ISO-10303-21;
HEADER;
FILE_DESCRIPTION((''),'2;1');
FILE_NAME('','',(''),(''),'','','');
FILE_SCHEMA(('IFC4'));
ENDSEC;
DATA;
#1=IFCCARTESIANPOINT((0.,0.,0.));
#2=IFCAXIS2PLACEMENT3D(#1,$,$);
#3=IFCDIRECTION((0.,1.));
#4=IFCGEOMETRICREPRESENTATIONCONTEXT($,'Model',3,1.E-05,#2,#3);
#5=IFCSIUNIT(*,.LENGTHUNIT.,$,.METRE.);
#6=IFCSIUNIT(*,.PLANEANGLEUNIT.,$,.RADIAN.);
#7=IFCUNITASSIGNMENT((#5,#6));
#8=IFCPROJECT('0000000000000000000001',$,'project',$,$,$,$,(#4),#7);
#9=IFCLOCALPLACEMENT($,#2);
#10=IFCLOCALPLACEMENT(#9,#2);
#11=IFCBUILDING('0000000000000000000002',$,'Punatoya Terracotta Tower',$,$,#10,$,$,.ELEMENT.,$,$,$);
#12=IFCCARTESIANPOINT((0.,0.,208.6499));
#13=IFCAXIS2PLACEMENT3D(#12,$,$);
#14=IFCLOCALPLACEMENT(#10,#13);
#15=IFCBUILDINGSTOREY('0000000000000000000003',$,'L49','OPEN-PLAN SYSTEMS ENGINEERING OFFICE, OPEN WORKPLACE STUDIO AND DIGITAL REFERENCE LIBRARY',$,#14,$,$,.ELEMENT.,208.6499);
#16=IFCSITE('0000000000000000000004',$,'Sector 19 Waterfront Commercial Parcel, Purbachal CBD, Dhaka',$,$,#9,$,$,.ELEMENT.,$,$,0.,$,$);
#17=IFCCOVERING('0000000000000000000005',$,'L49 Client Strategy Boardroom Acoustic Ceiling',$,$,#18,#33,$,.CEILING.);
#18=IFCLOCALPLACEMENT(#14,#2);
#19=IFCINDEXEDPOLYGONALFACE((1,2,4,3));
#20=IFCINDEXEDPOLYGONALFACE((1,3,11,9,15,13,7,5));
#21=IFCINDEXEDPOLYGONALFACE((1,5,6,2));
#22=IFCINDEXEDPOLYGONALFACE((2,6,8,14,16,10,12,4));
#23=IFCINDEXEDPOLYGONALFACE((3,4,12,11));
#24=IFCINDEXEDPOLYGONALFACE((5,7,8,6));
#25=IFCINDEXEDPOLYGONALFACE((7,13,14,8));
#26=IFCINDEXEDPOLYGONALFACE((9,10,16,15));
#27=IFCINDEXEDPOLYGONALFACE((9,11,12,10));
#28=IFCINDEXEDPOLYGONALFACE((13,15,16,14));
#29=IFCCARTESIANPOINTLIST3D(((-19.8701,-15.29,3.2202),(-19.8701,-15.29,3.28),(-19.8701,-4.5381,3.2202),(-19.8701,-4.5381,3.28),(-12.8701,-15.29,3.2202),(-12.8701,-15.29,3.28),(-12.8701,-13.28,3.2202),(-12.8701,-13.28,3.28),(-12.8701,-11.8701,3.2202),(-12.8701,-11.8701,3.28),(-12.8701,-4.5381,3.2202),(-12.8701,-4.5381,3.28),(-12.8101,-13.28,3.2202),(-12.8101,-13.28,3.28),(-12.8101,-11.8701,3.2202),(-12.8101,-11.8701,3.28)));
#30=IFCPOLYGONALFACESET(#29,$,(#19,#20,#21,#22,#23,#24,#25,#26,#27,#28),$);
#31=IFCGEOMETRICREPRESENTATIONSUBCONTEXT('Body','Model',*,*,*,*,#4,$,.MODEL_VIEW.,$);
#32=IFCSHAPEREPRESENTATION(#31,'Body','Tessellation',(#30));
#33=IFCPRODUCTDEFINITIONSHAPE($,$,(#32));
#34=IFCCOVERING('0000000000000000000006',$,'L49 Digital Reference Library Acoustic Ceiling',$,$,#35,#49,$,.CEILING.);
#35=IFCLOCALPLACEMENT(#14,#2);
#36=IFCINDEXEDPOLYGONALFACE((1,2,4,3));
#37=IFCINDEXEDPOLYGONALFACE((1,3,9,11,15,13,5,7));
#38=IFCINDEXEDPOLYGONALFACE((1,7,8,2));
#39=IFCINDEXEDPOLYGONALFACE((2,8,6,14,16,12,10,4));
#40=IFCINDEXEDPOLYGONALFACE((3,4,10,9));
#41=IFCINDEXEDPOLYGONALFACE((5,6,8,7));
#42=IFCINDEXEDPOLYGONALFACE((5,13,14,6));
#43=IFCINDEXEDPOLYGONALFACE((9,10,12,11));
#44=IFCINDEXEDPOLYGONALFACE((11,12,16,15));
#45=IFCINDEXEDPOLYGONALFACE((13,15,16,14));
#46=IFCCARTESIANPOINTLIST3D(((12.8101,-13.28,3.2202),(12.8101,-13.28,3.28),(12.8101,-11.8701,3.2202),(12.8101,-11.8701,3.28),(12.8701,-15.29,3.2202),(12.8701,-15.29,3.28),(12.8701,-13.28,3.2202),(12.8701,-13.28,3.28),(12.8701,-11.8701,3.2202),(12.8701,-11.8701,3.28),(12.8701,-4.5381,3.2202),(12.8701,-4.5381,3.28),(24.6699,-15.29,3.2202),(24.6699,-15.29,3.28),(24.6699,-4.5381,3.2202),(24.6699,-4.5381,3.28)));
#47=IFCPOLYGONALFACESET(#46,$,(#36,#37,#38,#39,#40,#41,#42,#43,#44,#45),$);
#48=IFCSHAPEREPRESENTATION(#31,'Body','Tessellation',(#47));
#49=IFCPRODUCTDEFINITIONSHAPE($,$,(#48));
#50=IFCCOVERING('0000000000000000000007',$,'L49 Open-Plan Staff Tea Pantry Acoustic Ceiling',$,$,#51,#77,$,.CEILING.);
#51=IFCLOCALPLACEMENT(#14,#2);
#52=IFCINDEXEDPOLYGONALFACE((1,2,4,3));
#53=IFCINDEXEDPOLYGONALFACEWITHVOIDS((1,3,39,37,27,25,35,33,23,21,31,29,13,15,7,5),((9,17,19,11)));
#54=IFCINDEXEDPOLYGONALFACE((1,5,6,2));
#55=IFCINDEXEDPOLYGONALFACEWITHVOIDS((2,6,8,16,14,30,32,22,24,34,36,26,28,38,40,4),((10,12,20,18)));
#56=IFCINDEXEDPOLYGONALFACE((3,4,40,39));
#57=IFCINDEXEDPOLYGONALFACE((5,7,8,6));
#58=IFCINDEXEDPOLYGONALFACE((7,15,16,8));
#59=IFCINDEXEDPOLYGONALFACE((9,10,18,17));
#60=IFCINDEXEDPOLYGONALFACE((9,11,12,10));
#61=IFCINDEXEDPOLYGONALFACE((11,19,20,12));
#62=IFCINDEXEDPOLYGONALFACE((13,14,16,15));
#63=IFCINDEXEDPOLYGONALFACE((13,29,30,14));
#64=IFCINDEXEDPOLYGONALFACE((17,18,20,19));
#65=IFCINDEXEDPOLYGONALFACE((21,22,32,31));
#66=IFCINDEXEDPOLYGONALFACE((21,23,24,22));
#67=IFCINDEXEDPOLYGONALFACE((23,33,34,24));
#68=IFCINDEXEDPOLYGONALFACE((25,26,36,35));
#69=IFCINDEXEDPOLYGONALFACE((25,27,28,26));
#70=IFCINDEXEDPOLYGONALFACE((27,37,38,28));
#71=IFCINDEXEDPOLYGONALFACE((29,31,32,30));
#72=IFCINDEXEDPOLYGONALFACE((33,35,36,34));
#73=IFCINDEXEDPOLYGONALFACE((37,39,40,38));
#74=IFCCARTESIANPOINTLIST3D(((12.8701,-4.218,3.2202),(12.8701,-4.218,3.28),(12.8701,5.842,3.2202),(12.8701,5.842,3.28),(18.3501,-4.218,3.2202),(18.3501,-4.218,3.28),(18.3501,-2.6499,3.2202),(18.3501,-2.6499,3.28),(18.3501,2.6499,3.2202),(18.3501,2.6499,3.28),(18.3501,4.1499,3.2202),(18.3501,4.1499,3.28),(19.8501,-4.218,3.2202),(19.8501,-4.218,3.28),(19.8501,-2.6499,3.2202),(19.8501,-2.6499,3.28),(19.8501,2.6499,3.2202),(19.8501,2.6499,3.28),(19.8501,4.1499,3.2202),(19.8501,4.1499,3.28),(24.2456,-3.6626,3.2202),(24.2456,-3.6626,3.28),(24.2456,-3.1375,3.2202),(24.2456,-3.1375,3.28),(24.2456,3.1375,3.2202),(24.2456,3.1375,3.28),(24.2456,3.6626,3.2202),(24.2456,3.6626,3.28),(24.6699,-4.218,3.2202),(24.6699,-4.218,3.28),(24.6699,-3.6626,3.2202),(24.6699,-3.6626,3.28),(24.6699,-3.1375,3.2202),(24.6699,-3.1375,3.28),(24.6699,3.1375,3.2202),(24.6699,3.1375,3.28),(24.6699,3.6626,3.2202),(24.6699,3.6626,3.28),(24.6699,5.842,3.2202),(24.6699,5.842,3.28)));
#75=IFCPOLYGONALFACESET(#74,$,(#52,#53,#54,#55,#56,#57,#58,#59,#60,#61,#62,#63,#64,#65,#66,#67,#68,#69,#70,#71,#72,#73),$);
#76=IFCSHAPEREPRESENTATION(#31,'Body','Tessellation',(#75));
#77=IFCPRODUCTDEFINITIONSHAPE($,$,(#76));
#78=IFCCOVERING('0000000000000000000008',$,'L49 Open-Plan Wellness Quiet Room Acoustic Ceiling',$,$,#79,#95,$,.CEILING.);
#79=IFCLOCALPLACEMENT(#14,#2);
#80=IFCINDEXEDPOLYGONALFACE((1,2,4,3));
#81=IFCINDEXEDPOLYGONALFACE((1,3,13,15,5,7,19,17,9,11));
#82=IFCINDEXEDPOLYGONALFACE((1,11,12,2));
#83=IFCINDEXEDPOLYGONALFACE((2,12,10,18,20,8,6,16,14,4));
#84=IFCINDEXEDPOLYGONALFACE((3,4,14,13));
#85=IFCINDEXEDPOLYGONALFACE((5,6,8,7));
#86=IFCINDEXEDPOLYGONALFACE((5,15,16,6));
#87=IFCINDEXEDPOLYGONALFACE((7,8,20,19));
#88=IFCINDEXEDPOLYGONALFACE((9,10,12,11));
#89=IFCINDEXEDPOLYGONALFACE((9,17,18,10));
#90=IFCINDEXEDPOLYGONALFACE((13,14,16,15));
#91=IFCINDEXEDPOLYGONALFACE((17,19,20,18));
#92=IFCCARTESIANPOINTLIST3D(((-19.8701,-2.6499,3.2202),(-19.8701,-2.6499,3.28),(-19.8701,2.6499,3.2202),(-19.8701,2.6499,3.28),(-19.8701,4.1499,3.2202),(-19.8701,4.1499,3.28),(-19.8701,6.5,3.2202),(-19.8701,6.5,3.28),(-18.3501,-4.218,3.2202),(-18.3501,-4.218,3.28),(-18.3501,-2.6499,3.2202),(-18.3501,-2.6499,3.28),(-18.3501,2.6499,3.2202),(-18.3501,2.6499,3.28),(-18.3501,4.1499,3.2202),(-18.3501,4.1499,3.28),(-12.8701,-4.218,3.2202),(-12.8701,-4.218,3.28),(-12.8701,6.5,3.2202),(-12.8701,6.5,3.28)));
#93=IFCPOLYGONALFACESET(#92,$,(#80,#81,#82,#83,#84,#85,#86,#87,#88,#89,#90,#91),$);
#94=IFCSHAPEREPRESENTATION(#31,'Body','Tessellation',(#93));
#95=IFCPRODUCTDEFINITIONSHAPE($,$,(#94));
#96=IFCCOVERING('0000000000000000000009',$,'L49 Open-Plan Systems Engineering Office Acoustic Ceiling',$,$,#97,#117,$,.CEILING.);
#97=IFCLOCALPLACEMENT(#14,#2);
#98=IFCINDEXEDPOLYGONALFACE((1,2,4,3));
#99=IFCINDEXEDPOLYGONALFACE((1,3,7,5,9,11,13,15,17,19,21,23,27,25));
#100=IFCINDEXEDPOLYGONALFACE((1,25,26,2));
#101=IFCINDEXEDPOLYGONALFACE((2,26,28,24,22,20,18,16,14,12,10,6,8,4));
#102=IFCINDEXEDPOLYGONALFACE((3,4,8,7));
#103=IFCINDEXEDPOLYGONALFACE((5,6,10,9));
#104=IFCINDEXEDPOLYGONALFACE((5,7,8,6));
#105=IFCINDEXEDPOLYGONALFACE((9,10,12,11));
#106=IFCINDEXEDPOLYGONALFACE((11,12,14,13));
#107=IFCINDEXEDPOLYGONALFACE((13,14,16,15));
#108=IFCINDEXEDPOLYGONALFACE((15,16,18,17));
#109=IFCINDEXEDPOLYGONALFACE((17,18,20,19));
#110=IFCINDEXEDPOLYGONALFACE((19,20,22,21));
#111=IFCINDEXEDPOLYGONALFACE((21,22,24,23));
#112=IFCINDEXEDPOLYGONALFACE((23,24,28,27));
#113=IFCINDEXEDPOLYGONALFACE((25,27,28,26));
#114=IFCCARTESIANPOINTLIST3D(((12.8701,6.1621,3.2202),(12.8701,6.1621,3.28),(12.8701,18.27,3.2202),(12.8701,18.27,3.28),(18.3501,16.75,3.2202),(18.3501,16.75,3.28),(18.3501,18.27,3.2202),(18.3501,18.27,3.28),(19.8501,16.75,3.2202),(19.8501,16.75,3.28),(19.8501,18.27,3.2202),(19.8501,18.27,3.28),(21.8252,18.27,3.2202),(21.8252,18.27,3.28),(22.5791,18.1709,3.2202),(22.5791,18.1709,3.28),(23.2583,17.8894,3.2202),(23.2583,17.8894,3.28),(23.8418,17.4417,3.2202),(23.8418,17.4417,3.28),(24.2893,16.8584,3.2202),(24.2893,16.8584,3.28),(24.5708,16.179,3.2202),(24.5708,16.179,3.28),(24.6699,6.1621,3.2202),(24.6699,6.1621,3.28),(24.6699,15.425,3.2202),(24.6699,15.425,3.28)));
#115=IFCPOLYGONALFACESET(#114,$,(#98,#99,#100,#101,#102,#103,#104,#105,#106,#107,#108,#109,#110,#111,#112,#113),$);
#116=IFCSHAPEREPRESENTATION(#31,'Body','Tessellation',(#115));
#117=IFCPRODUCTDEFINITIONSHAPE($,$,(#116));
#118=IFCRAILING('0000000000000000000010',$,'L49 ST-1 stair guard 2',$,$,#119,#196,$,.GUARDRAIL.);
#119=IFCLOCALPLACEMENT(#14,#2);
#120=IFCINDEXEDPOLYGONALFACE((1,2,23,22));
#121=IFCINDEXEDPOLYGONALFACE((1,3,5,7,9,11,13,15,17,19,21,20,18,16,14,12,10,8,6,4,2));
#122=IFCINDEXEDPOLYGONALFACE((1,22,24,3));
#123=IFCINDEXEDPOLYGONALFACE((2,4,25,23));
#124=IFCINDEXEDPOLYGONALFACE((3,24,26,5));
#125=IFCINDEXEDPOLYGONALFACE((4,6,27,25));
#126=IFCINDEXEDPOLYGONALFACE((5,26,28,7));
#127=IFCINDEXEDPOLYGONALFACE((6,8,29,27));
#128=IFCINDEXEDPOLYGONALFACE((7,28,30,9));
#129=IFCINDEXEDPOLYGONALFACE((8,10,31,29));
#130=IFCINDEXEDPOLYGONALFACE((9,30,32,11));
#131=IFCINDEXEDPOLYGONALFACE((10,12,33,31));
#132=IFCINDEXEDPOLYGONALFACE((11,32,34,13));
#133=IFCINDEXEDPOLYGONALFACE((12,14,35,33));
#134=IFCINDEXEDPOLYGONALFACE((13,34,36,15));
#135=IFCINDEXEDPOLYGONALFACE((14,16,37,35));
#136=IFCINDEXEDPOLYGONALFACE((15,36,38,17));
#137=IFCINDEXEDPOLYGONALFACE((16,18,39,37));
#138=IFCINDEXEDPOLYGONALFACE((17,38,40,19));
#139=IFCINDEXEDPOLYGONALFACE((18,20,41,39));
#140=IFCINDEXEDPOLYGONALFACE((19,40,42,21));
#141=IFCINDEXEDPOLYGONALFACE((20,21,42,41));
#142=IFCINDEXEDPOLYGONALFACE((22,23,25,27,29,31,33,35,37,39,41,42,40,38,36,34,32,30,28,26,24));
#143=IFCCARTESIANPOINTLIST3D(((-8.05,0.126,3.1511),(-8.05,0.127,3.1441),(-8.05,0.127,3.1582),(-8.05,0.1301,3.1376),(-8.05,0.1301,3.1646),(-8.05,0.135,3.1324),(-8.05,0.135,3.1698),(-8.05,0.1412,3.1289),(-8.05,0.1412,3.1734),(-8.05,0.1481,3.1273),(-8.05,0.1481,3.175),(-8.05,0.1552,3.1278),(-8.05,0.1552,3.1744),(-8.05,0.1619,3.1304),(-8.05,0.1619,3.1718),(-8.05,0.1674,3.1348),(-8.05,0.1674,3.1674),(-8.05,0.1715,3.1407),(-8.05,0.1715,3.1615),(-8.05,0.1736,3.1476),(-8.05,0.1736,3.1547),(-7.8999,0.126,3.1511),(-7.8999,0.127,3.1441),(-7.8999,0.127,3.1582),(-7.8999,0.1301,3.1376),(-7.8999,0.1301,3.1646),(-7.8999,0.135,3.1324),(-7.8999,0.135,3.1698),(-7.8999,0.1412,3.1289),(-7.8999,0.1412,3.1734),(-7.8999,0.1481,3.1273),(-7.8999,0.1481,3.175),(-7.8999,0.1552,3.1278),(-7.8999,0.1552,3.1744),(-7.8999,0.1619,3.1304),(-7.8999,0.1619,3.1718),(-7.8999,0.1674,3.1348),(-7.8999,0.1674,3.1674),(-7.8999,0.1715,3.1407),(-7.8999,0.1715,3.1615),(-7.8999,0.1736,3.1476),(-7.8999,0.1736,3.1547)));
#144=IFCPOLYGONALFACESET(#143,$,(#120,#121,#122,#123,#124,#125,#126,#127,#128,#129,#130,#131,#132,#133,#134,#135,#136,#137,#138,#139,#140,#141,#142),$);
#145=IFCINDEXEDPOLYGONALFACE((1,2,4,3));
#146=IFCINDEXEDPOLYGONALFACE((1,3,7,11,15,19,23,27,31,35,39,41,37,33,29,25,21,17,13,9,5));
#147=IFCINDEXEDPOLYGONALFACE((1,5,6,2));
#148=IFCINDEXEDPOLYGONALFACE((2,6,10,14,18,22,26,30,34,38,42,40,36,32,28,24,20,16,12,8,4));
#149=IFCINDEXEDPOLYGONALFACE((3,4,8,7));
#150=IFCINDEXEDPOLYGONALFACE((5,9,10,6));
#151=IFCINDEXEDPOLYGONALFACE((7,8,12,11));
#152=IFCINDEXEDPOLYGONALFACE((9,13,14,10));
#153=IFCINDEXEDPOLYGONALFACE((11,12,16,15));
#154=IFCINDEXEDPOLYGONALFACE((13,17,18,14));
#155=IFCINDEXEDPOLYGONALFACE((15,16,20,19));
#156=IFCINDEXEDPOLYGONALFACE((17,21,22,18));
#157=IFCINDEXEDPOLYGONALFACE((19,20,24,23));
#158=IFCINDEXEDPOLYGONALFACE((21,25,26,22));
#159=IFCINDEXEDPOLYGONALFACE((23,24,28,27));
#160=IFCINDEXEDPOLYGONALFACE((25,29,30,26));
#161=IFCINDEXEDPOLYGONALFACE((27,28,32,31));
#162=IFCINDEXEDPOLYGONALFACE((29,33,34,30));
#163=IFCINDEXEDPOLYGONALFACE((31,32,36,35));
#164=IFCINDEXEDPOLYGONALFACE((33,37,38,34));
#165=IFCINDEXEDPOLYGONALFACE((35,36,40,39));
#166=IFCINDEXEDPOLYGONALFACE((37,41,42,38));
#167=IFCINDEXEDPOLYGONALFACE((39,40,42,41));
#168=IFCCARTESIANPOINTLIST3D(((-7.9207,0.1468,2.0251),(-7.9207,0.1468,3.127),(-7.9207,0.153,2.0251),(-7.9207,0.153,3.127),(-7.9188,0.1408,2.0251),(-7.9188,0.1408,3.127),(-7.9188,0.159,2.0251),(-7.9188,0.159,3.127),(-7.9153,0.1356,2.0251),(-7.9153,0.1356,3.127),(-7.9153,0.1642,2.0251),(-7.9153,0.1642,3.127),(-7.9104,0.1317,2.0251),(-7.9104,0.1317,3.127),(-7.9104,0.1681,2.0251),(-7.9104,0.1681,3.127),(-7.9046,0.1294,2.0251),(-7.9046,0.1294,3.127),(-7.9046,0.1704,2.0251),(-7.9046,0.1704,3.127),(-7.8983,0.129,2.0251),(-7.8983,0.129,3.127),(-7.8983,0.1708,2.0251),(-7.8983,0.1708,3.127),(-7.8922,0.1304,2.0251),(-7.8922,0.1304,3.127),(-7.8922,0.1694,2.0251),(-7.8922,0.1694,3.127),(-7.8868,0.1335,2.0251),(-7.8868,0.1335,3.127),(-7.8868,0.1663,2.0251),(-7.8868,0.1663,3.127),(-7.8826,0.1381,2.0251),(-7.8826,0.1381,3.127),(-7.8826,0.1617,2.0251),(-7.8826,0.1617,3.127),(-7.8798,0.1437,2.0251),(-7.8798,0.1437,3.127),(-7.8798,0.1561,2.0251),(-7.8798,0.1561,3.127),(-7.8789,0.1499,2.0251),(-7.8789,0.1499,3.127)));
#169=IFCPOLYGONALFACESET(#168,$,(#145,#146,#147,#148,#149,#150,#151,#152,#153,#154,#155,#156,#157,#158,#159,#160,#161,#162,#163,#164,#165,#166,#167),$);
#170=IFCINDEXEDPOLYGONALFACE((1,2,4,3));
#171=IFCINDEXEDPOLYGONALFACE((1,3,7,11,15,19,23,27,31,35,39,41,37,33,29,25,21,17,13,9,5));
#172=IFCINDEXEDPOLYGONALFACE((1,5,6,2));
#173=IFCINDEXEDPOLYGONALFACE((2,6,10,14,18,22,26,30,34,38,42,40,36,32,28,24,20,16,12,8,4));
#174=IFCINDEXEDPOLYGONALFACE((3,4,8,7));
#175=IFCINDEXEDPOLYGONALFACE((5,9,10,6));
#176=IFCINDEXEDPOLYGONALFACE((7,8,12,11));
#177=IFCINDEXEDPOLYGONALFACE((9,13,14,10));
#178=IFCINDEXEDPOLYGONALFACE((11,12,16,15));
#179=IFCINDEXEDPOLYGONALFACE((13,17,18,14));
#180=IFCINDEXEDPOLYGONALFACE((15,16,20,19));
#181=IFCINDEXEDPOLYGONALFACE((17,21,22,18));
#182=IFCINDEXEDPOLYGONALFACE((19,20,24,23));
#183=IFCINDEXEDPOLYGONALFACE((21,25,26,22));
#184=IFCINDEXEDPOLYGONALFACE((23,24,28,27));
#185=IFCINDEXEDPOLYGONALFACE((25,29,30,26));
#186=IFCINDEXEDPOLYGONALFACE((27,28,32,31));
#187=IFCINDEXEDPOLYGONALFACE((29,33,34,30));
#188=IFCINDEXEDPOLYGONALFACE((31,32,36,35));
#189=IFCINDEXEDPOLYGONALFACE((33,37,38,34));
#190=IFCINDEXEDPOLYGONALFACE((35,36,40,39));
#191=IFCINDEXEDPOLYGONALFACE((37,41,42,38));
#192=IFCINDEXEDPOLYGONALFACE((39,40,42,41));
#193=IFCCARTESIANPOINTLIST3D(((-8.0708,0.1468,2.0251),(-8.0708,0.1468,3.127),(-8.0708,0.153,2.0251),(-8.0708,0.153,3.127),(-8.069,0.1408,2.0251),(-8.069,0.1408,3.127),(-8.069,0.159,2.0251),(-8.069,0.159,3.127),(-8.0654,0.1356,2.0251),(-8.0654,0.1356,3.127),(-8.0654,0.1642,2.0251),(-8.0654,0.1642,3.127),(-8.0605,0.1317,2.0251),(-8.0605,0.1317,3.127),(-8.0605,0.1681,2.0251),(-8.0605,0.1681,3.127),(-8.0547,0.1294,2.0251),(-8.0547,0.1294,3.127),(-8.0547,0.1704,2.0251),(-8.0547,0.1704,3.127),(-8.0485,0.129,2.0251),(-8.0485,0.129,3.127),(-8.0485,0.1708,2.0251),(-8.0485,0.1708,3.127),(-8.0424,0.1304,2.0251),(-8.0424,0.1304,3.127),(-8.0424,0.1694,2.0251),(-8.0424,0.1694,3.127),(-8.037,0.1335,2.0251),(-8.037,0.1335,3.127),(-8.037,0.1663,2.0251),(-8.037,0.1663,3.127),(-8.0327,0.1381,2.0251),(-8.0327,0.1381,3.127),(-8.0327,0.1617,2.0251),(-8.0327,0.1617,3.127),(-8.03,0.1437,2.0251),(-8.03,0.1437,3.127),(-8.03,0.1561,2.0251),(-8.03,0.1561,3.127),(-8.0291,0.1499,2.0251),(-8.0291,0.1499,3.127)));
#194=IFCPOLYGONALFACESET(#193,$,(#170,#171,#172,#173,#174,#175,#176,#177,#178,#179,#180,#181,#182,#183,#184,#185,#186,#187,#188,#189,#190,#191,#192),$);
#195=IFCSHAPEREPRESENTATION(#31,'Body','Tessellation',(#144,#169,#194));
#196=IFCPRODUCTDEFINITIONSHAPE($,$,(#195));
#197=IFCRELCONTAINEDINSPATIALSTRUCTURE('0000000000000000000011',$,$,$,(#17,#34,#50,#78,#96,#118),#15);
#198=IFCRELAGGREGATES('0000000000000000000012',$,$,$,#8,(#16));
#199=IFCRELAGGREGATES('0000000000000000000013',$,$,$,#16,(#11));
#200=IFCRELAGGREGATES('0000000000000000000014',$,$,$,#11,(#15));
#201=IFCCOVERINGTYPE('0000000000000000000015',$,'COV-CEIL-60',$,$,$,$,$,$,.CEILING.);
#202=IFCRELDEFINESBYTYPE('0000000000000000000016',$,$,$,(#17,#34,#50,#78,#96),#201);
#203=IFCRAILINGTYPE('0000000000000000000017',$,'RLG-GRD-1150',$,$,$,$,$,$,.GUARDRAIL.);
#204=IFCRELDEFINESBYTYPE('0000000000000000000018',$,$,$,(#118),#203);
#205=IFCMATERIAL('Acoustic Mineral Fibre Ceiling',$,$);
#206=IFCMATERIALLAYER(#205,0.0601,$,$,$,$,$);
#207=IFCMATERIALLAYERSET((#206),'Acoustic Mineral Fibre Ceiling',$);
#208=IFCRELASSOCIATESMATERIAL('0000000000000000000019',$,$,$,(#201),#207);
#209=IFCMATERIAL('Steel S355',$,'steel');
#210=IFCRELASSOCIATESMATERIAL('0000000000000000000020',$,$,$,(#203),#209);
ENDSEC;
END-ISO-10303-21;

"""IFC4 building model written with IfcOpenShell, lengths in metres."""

from ifc_helpers import new_model, si_unit, direction, frame, origin, origin_2d, place, context, subcontext, project, spatial, polyline, circle, outline, extrude, material, layer, layer_set, type_object, element, save


model = new_model("IFC4")

# Units and contexts
model_context = context("Model", 3, precision=1e-05, world=origin(), true_north=direction((0.0, 1.0)))
body_context = subcontext(model_context, "Body", "Model", "MODEL_VIEW")
ifc_project = project(units=[si_unit("LENGTHUNIT", "METRE"), si_unit("PLANEANGLEUNIT", "RADIAN")], contexts=[model_context])

# Site, building, storey
site_placement = place(None, origin())
site = spatial("IfcSite", under=ifc_project, at=site_placement, Name="Sector 19 Waterfront Commercial Parcel, Purbachal CBD, Dhaka", CompositionType="ELEMENT", RefElevation=0.0)
building_placement = place(site_placement, origin())
building = spatial("IfcBuilding", under=site, at=building_placement, Name="Punatoya Terracotta Tower", CompositionType="ELEMENT")
storey_placement = place(building_placement, frame((0.0, 0.0, 208.6499)))
storey = spatial("IfcBuildingStorey", under=building, at=storey_placement, Name="L49", Description="OPEN-PLAN SYSTEMS ENGINEERING OFFICE, OPEN WORKPLACE STUDIO AND DIGITAL REFERENCE LIBRARY", CompositionType="ELEMENT", Elevation=208.6499)

# Shared definitions
ifc_material_1 = material(Name="Steel S355", Category="steel")

# Coverings
ifc_material_2 = material(Name="Acoustic Mineral Fibre Ceiling")
ifc_layer_1 = layer(ifc_material_2, 0.0601)
ifc_layer_set_1 = layer_set([ifc_layer_1], Name="Acoustic Mineral Fibre Ceiling")
covering_type = type_object("IfcCoveringType", Name="COV-CEIL-60", PredefinedType="CEILING", material=ifc_layer_set_1)
covering_1_placement = place(storey_placement, frame((0.0, 0.0, 3.2202)))
element("IfcCovering", 1, at=covering_1_placement, inside=storey, type_object=covering_type, Name="L49 Client Strategy Boardroom Acoustic Ceiling", PredefinedType="CEILING", context=body_context, shape_type="SweptSolid", body=[
    extrude(outline(polyline([(-12.8701, -13.28), (-12.8101, -13.28), (-12.8101, -11.8701), (-12.8701, -11.8701), (-12.8701, -4.5381), (-19.8701, -4.5381), (-19.8701, -15.29), (-12.8701, -15.29), (-12.8701, -13.28)])), origin(), (0.0, 0.0, 1.0), 0.0598),
])
covering_2_placement = place(storey_placement, frame((0.0, 0.0, 3.2202)))
element("IfcCovering", 2, at=covering_2_placement, inside=storey, type_object=covering_type, Name="L49 Digital Reference Library Acoustic Ceiling", PredefinedType="CEILING", context=body_context, shape_type="SweptSolid", body=[
    extrude(outline(polyline([(12.8101, -13.28), (12.8701, -13.28), (12.8701, -15.29), (24.6699, -15.29), (24.6699, -4.5381), (12.8701, -4.5381), (12.8701, -11.8701), (12.8101, -11.8701), (12.8101, -13.28)])), origin(), (0.0, 0.0, 1.0), 0.0598),
])
covering_3_placement = place(storey_placement, frame((0.0, 0.0, 3.2202)))
element("IfcCovering", 3, at=covering_3_placement, inside=storey, type_object=covering_type, Name="L49 Open-Plan Staff Tea Pantry Acoustic Ceiling", PredefinedType="CEILING", context=body_context, shape_type="SweptSolid", body=[
    extrude(outline(polyline([(18.3501, -4.218), (18.3501, -2.6499), (19.8501, -2.6499), (19.8501, -4.218), (24.6699, -4.218), (24.6699, -3.6626), (24.2456, -3.6626), (24.2456, -3.1375), (24.6699, -3.1375), (24.6699, 3.1375), (24.2456, 3.1375), (24.2456, 3.6626), (24.6699, 3.6626), (24.6699, 5.842), (12.8701, 5.842), (12.8701, -4.218), (18.3501, -4.218)]), holes=[polyline([(18.3501, 4.1499), (19.8501, 4.1499), (19.8501, 2.6499), (18.3501, 2.6499), (18.3501, 4.1499)])]), origin(), (0.0, 0.0, 1.0), 0.0598),
])
covering_4_placement = place(storey_placement, frame((0.0, 0.0, 3.2202)))
element("IfcCovering", 4, at=covering_4_placement, inside=storey, type_object=covering_type, Name="L49 Open-Plan Wellness Quiet Room Acoustic Ceiling", PredefinedType="CEILING", context=body_context, shape_type="SweptSolid", body=[
    extrude(outline(polyline([(-19.8701, -2.6499), (-18.3501, -2.6499), (-18.3501, -4.218), (-12.8701, -4.218), (-12.8701, 6.5), (-19.8701, 6.5), (-19.8701, 4.1499), (-18.3501, 4.1499), (-18.3501, 2.6499), (-19.8701, 2.6499), (-19.8701, -2.6499)])), origin(), (0.0, 0.0, 1.0), 0.0598),
])
covering_5_placement = place(storey_placement, frame((0.0, 0.0, 3.2202)))
element("IfcCovering", 5, at=covering_5_placement, inside=storey, type_object=covering_type, Name="L49 Open-Plan Systems Engineering Office Acoustic Ceiling", PredefinedType="CEILING", context=body_context, shape_type="SweptSolid", body=[
    extrude(outline(polyline([(18.3501, 18.27), (12.8701, 18.27), (12.8701, 6.1621), (24.6699, 6.1621), (24.6699, 15.425), (24.5708, 16.179), (24.2893, 16.8584), (23.8418, 17.4417), (23.2583, 17.8894), (22.5791, 18.1709), (21.8252, 18.27), (19.8501, 18.27), (19.8501, 16.75), (18.3501, 16.75), (18.3501, 18.27)])), origin(), (0.0, 0.0, 1.0), 0.0598),
])

# Railing
railing_type_1 = type_object("IfcRailingType", Name="RLG-GRD-1150", PredefinedType="GUARDRAIL", material=ifc_material_1)
railing_1_placement = place(storey_placement, frame((-7.8999, 0.1499, 2.0251)))
element("IfcRailing", 6, at=railing_1_placement, inside=storey, type_object=railing_type_1, Name="L49 ST-1 stair guard 2", PredefinedType="GUARDRAIL", context=body_context, shape_type="SweptSolid", body=[
    extrude(circle(Radius=0.0239, at=origin_2d()), frame((0.0, 0.0, 1.126), z_axis=(-1.0, 0.0, 0.0), x_axis=(0.0, -1.0, 0.0)), (0.0, 0.0, 1.0), 0.1501),
    extrude(circle(Radius=0.021, at=origin_2d()), origin(), (0.0, 0.0, 1.0), 1.1018),
    extrude(circle(Radius=0.021, at=origin_2d()), frame((-0.1501, 0.0, 0.0)), (0.0, 0.0, 1.0), 1.1018),
])

save(model, "model.ifc")
